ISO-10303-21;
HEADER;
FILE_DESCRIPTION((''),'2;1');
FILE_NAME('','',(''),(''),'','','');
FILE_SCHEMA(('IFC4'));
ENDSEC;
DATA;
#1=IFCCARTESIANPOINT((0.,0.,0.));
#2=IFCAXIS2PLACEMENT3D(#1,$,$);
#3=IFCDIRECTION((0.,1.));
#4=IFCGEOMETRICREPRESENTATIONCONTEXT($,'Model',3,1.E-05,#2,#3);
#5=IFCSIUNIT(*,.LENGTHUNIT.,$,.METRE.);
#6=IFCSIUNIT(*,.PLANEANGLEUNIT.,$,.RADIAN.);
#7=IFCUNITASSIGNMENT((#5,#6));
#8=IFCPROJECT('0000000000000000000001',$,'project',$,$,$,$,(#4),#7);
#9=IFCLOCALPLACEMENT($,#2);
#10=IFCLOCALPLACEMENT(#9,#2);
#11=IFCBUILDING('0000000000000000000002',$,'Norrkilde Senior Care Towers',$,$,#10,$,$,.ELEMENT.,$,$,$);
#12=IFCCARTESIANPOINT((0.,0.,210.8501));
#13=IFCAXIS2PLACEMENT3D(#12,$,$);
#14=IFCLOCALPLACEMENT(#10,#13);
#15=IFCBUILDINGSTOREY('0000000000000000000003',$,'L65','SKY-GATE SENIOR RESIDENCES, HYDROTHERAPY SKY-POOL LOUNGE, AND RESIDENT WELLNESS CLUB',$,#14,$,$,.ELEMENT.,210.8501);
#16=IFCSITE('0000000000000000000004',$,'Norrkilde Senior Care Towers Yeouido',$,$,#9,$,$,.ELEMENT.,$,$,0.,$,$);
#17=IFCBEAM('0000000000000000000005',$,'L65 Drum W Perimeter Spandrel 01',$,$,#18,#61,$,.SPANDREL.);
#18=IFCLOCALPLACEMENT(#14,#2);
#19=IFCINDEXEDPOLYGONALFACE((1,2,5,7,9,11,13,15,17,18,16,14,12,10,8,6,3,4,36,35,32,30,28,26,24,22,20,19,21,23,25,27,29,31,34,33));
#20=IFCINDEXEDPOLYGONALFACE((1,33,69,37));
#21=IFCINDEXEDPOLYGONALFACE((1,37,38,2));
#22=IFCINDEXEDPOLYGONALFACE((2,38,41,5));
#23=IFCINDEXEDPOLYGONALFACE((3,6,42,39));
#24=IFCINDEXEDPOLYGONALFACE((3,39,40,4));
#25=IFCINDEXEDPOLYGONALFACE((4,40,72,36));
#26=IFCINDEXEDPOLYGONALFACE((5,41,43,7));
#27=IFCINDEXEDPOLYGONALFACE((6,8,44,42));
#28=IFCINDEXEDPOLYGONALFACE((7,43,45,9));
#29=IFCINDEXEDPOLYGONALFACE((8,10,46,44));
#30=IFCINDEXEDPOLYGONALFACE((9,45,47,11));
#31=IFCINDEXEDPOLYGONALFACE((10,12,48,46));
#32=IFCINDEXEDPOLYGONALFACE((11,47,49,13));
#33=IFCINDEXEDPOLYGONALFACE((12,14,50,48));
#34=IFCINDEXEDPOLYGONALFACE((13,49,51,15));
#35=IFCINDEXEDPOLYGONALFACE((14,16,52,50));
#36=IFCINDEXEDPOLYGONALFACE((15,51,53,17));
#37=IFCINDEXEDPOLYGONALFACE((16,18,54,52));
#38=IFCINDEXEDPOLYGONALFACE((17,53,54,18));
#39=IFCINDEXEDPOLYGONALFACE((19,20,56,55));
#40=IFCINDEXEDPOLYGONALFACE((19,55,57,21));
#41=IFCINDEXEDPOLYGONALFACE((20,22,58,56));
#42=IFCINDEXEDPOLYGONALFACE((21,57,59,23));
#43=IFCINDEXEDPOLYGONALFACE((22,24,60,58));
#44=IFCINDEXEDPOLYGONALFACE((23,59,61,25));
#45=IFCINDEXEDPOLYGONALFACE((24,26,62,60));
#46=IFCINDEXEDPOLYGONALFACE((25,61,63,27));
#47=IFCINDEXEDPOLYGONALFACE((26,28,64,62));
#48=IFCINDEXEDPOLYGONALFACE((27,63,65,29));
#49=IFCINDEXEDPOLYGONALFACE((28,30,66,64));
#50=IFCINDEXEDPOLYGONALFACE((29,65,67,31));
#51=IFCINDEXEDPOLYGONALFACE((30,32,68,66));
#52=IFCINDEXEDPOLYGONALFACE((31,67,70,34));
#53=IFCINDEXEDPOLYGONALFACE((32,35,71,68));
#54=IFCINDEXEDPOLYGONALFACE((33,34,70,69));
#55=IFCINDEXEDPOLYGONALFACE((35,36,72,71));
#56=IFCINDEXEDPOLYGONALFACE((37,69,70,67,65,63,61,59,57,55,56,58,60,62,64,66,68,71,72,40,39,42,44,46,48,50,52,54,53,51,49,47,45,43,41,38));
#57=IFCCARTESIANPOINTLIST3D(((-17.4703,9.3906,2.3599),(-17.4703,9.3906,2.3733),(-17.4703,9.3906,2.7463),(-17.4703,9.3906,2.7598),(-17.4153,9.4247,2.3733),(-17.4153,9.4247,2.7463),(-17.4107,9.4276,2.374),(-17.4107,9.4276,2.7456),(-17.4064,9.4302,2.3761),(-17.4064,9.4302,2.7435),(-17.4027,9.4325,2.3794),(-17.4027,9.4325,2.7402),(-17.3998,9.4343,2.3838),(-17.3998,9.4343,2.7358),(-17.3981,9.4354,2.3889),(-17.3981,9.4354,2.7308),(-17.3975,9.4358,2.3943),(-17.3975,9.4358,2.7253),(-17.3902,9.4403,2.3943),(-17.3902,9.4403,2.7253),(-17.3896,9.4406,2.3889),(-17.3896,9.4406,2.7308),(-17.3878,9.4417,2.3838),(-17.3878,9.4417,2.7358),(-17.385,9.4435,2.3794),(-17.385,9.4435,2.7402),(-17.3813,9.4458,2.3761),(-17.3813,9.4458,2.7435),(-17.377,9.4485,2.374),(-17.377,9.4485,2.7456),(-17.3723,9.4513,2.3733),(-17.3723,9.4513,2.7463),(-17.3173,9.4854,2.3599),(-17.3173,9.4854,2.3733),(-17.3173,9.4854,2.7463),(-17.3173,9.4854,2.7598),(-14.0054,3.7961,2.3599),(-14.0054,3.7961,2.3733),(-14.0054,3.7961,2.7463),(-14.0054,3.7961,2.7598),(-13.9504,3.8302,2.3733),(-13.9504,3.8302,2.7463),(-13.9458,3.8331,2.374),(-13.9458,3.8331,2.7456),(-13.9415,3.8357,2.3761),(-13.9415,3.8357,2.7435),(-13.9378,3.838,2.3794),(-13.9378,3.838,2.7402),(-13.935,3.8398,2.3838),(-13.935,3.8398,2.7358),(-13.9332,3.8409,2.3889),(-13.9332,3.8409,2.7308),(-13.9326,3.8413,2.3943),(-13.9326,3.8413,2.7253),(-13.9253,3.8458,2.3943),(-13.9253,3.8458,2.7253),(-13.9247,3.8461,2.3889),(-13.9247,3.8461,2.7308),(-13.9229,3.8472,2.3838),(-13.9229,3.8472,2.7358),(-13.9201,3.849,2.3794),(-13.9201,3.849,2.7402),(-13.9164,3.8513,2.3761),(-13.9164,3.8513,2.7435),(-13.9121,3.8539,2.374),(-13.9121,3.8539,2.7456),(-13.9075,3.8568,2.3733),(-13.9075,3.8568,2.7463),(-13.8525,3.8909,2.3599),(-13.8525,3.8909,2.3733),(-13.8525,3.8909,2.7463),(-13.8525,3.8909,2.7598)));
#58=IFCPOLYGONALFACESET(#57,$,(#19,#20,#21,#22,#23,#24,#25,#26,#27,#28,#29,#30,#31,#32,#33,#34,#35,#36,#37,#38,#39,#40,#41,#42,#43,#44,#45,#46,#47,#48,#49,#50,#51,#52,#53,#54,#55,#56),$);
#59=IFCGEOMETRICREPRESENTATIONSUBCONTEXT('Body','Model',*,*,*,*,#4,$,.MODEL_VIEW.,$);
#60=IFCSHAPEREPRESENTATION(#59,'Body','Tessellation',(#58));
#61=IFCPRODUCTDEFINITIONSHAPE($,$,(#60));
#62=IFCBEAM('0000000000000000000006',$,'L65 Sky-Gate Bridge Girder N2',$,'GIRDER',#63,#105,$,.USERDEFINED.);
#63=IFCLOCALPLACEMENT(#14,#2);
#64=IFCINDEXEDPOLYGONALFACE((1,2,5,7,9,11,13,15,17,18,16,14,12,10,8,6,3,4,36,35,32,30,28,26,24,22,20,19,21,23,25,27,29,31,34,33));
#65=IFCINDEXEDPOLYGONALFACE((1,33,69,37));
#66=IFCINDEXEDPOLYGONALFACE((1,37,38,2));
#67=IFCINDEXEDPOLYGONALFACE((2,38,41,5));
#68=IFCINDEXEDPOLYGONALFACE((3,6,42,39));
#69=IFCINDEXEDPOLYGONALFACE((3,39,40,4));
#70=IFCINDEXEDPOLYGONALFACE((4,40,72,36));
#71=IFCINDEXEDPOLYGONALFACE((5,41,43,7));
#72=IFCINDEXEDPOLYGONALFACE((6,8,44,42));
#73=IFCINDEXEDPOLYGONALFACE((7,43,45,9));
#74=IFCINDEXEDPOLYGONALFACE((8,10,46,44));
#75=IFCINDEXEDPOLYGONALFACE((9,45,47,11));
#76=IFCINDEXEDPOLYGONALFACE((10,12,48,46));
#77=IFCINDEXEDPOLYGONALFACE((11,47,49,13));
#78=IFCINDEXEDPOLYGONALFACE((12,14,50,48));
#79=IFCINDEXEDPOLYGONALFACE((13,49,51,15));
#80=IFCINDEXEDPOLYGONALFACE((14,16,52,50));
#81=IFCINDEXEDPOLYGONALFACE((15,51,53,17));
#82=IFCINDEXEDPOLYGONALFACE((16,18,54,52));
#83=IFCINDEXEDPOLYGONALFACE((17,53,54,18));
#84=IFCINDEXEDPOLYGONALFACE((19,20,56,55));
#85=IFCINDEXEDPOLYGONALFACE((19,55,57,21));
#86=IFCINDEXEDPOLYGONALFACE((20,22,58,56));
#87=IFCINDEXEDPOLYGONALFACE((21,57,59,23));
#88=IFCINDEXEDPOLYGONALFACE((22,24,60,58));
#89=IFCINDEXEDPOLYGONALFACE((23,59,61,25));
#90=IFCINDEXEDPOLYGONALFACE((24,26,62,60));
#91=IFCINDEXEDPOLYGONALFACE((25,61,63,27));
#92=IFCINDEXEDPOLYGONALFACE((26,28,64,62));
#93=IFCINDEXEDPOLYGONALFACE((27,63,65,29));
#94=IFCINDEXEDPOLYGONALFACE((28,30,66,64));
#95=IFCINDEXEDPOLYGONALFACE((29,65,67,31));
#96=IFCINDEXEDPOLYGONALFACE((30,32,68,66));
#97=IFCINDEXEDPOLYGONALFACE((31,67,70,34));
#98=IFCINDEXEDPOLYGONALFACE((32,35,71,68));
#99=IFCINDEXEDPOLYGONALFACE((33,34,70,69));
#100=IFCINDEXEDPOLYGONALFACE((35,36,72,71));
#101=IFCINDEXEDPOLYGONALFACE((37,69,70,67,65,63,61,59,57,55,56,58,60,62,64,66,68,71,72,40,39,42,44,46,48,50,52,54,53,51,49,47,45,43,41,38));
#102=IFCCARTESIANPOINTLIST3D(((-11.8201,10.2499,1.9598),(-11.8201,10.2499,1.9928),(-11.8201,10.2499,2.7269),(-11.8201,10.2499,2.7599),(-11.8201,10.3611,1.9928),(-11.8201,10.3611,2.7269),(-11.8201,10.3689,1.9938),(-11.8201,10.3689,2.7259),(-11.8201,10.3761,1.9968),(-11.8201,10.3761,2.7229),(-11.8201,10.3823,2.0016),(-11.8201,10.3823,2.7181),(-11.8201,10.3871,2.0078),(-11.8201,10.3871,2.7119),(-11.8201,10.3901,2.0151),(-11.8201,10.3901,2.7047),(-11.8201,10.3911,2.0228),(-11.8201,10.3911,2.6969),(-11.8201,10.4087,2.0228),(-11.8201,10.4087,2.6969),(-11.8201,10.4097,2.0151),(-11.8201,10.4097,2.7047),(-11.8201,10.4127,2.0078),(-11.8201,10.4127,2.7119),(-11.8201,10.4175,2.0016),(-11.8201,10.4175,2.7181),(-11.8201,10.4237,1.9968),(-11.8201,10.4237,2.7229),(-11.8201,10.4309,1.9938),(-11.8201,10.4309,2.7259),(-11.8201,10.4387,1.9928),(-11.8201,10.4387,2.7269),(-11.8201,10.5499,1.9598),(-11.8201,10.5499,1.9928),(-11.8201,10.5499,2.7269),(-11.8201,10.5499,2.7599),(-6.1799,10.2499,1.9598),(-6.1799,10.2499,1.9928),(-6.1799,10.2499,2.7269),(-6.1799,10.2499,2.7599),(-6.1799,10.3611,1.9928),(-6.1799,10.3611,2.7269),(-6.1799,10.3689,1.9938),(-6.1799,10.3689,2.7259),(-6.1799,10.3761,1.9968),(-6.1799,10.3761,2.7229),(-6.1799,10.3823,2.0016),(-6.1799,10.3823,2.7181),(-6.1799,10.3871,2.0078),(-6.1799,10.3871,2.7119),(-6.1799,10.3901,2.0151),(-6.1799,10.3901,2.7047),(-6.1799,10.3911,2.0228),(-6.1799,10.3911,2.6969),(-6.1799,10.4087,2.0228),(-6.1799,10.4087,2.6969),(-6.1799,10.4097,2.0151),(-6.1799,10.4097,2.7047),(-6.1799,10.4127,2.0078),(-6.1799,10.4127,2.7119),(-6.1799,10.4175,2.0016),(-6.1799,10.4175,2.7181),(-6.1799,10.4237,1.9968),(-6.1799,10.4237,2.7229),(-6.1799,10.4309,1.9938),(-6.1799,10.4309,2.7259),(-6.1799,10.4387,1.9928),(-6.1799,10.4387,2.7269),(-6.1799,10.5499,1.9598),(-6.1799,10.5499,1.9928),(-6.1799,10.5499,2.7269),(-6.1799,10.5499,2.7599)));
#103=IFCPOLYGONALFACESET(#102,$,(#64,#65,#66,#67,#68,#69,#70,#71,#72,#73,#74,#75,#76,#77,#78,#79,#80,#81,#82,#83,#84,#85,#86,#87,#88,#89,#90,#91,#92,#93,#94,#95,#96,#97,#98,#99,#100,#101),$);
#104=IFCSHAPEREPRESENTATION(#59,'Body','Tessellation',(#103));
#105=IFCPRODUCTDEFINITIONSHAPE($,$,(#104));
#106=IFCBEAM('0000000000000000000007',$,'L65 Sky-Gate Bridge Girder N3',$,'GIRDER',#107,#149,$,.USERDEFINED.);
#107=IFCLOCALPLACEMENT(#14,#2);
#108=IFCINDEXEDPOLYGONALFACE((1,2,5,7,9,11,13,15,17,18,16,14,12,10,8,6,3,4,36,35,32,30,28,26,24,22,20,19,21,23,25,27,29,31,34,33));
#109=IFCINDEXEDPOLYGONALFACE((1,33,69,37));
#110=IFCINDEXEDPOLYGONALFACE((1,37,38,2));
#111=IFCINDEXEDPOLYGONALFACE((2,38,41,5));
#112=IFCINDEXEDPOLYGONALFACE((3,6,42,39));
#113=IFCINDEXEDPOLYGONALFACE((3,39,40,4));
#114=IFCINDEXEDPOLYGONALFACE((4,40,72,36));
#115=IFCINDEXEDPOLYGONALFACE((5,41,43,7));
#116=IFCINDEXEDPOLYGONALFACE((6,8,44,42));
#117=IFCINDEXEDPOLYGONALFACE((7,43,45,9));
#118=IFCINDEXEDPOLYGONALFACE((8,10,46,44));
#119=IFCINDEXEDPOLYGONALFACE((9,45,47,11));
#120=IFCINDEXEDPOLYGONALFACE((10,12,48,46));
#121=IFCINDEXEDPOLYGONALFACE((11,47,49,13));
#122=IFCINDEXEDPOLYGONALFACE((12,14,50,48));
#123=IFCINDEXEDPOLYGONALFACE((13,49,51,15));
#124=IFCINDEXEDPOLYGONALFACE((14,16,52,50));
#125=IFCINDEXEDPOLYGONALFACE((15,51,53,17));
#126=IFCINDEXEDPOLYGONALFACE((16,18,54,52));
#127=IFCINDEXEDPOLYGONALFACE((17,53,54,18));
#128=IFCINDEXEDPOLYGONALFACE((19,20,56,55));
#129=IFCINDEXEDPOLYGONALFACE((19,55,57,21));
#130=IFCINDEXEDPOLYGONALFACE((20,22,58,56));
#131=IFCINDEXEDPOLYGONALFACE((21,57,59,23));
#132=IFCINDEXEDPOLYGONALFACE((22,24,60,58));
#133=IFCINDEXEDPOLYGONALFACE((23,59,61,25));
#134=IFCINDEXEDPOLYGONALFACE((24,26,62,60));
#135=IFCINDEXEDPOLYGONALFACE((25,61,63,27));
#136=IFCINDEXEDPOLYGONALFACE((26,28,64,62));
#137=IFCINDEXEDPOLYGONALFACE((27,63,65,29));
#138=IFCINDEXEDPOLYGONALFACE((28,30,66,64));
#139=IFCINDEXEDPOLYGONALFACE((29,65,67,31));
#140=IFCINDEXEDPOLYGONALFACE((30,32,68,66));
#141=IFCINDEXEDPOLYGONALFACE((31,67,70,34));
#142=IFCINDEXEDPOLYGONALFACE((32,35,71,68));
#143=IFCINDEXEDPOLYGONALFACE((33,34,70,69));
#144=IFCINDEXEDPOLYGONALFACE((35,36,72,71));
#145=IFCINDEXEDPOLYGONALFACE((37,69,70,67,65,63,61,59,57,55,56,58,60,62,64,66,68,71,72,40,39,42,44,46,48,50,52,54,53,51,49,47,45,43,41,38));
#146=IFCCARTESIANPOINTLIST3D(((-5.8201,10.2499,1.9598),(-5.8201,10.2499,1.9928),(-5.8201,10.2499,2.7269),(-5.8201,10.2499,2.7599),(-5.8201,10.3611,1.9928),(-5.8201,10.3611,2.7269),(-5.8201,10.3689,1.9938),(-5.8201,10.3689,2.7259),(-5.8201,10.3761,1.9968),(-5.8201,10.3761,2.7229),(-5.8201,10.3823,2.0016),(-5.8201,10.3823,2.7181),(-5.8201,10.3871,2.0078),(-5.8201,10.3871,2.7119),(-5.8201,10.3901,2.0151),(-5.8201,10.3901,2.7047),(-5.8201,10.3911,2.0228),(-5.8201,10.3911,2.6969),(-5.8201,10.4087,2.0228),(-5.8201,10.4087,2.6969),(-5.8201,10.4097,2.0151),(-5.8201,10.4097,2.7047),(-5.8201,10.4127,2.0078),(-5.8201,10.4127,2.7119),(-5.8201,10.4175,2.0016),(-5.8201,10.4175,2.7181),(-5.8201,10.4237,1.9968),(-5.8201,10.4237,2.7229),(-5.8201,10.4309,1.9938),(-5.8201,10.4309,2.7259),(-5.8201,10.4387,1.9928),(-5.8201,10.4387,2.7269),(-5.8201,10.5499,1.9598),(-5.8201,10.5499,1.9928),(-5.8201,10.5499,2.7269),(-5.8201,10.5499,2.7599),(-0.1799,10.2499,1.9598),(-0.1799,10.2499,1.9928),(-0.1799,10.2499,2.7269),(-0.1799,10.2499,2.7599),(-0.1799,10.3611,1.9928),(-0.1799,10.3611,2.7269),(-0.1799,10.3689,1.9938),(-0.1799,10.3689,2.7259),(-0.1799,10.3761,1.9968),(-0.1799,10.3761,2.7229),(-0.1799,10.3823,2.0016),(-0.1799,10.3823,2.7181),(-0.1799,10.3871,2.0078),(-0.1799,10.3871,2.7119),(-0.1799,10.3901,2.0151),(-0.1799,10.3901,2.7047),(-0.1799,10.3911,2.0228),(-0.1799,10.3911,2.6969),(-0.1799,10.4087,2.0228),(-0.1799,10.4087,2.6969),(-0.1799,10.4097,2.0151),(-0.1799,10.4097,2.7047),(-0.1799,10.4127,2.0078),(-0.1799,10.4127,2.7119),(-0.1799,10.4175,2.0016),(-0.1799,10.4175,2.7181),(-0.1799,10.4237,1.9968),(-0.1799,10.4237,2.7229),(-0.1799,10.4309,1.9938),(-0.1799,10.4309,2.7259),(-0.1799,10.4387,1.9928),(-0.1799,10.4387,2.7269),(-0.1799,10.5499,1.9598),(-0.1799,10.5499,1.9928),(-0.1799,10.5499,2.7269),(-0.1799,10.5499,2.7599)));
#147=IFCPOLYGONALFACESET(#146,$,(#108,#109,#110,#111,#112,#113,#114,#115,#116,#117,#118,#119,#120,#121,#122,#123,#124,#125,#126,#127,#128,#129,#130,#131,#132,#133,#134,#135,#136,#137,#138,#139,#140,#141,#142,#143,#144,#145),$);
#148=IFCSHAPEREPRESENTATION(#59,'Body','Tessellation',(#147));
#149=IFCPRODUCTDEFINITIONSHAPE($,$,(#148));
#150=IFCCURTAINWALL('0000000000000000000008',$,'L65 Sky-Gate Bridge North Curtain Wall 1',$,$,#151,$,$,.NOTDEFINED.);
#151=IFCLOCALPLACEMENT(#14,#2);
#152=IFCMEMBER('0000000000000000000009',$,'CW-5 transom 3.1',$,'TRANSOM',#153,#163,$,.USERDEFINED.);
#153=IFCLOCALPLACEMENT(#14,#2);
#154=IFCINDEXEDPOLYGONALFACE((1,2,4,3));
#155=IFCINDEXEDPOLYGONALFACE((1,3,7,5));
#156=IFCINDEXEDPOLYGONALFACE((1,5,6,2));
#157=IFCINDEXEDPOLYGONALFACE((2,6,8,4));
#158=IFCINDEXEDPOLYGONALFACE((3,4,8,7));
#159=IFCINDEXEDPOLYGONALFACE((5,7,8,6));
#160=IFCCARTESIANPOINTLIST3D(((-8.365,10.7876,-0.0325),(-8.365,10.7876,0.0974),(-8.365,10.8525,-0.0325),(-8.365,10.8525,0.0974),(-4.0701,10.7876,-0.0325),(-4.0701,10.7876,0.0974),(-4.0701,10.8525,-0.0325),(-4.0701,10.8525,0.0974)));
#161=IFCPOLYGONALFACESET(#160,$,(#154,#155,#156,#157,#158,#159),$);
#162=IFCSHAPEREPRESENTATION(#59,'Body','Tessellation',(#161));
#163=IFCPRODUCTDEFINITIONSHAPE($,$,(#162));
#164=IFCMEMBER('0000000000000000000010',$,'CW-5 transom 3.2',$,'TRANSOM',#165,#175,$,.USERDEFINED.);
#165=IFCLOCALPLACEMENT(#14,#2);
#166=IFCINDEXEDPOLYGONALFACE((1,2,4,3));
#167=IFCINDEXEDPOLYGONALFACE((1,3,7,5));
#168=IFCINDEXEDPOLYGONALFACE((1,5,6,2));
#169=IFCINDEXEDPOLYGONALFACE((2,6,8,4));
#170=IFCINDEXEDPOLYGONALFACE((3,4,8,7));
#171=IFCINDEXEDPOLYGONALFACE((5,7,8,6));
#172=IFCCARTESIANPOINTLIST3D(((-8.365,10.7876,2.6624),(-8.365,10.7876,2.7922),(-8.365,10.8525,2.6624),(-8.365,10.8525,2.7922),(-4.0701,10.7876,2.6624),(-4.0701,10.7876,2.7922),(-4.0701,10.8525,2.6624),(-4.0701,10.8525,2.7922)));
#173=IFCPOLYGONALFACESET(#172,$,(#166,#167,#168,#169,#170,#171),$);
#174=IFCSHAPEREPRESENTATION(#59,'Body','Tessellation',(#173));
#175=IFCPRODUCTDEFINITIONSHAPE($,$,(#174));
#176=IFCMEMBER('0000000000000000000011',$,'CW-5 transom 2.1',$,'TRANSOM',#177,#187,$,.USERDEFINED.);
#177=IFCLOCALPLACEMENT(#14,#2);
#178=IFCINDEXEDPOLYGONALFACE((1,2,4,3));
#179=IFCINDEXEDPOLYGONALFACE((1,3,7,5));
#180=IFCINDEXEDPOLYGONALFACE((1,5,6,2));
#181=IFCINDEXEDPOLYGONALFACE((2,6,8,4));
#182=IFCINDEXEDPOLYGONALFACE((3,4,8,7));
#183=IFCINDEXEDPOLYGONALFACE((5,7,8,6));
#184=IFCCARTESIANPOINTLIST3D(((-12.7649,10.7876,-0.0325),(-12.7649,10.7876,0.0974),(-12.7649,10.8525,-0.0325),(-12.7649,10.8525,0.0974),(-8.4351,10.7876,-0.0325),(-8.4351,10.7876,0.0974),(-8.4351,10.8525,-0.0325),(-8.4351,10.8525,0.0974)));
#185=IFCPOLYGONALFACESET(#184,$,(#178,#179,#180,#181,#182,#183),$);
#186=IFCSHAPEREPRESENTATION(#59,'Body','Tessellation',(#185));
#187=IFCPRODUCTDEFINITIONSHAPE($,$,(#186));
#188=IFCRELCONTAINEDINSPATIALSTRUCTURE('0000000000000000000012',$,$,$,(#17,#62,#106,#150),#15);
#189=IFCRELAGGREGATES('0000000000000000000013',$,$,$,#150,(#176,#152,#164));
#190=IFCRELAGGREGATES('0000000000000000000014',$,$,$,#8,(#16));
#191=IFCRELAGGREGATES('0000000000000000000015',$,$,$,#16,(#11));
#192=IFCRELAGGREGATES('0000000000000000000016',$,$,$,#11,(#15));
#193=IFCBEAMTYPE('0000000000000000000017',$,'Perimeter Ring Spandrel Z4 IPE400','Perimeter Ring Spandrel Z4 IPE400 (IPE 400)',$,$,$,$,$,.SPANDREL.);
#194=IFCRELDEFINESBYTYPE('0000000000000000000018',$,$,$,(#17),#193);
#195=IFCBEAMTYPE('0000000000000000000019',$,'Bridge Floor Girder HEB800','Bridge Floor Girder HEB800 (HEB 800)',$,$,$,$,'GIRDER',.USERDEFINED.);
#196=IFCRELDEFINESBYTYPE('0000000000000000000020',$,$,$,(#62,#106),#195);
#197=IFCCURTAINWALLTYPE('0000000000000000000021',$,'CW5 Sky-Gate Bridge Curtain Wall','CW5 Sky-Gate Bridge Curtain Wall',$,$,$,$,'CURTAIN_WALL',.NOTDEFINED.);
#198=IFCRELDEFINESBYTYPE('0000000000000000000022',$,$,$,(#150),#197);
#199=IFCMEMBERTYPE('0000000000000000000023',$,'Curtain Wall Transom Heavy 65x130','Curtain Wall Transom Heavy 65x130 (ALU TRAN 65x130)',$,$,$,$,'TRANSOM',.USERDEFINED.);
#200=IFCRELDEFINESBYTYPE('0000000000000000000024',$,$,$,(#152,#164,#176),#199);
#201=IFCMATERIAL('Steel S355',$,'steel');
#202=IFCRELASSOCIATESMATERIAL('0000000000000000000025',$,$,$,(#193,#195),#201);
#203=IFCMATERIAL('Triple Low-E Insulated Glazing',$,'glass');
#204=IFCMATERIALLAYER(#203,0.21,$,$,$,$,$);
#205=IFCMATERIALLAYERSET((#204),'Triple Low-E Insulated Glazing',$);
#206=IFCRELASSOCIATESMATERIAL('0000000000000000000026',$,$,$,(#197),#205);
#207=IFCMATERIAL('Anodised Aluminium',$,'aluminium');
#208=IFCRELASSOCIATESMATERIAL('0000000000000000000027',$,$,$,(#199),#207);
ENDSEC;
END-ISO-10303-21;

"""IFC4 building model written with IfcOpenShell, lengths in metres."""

from ifc_helpers import new_model, si_unit, direction, frame, origin, origin_2d, place, context, subcontext, project, spatial, rectangle, i_section, extrude, source, transform, mapped, material, layer, layer_set, material_profile, profile_set, type_object, type_shapes, element, aggregate, save


model = new_model("IFC4")

# Units and contexts
model_context = context("Model", 3, precision=1e-05, world=origin(), true_north=direction((0.0, 1.0)))
body_context = subcontext(model_context, "Body", "Model", "MODEL_VIEW")
ifc_project = project(units=[si_unit("LENGTHUNIT", "METRE"), si_unit("PLANEANGLEUNIT", "RADIAN")], contexts=[model_context])

# Site, building, storey
site_placement = place(None, origin())
site = spatial("IfcSite", under=ifc_project, at=site_placement, Name="Norrkilde Senior Care Towers Yeouido", CompositionType="ELEMENT", RefElevation=0.0)
building_placement = place(site_placement, origin())
building = spatial("IfcBuilding", under=site, at=building_placement, Name="Norrkilde Senior Care Towers", CompositionType="ELEMENT")
storey_placement = place(building_placement, frame((0.0, 0.0, 210.8501)))
storey = spatial("IfcBuildingStorey", under=building, at=storey_placement, Name="L65", Description="SKY-GATE SENIOR RESIDENCES, HYDROTHERAPY SKY-POOL LOUNGE, AND RESIDENT WELLNESS CLUB", CompositionType="ELEMENT", Elevation=210.8501)

# Shared definitions
ifc_material_1 = material(Name="Steel S355", Category="steel")

# Beams
ifc_material_profile_1 = material_profile(ifc_material_1, i_section(OverallWidth=0.1799, OverallDepth=0.3999, WebThickness=0.0085, FlangeThickness=0.0134, FilletRadius=0.021, at=origin_2d()), Name="IPE 400")
ifc_profile_set_1 = profile_set([ifc_material_profile_1], Name="Steel S355")
beam_type_1 = type_object("IfcBeamType", Name="Perimeter Ring Spandrel Z4 IPE400", Description="Perimeter Ring Spandrel Z4 IPE400 (IPE 400)", PredefinedType="SPANDREL", material=ifc_profile_set_1)
shared_shape_1 = source(origin(), body_context, "Body", "SweptSolid", [
    extrude(i_section(OverallWidth=0.1799, OverallDepth=0.3999, WebThickness=0.0085, FlangeThickness=0.0134, FilletRadius=0.021, at=origin_2d()), origin(), (0.0, 0.0, 1.0), 6.5806),
])
type_shapes(beam_type_1, [shared_shape_1])
beam_placement = place(storey_placement, frame((-13.929, 3.8435, 2.5598), z_axis=(-0.52653, 0.850157, 0.0), x_axis=(-0.850157, -0.52653, 0.0)))
element("IfcBeam", 1, at=beam_placement, inside=storey, type_object=beam_type_1, Name="L65 Drum W Perimeter Spandrel 01", PredefinedType="SPANDREL", context=body_context, shape_type="MappedRepresentation", body=[
    mapped(shared_shape_1, transform((0.0, 0.0, 0.0), x_axis=(1.0, 0.0, 0.0), y_axis=(0.0, 1.0, 0.0), z_axis=(0.0, 0.0, 1.0), scale=1.0)),
])
ifc_material_profile_2 = material_profile(ifc_material_1, i_section(OverallWidth=0.3, OverallDepth=0.8, WebThickness=0.0176, FlangeThickness=0.033, FilletRadius=0.03, at=origin_2d()), Name="HEB 800")
ifc_profile_set_2 = profile_set([ifc_material_profile_2], Name="Steel S355")
beam_type_2 = type_object("IfcBeamType", Name="Bridge Floor Girder HEB800", Description="Bridge Floor Girder HEB800 (HEB 800)", ElementType="GIRDER", PredefinedType="USERDEFINED", material=ifc_profile_set_2)
shared_shape_2 = source(origin(), body_context, "Body", "SweptSolid", [
    extrude(i_section(OverallWidth=0.3, OverallDepth=0.8, WebThickness=0.0176, FlangeThickness=0.033, FilletRadius=0.03, at=origin_2d()), origin(), (0.0, 0.0, 1.0), 5.6401),
])
type_shapes(beam_type_2, [shared_shape_2])
for number, where, z_axis, x_axis, name in (
    (2, (-11.8201, 10.3999, 2.3599), (1.0, 0.0, 0.0), (0.0, 1.0, 0.0), "L65 Sky-Gate Bridge Girder N2"),
    (3, (-5.8201, 10.3999, 2.3599), (1.0, 0.0, 0.0), (0.0, 1.0, 0.0), "L65 Sky-Gate Bridge Girder N3"),
):
    element("IfcBeam", number, at=place(storey_placement, frame(where, z_axis=z_axis, x_axis=x_axis)), inside=storey, type_object=beam_type_2, Name=name, ObjectType="GIRDER", PredefinedType="USERDEFINED", context=body_context, shape_type="MappedRepresentation", body=[
        mapped(shared_shape_2, transform((0.0, 0.0, 0.0), x_axis=(1.0, 0.0, 0.0), y_axis=(0.0, 1.0, 0.0), z_axis=(0.0, 0.0, 1.0), scale=1.0)),
    ])

# Curtain wall, members
ifc_material_2 = material(Name="Triple Low-E Insulated Glazing", Category="glass")
ifc_layer_1 = layer(ifc_material_2, 0.21)
ifc_layer_set_1 = layer_set([ifc_layer_1], Name="Triple Low-E Insulated Glazing")
curtain_wall_type = type_object("IfcCurtainWallType", Name="CW5 Sky-Gate Bridge Curtain Wall", Description="CW5 Sky-Gate Bridge Curtain Wall", ElementType="CURTAIN_WALL", PredefinedType="NOTDEFINED", material=ifc_layer_set_1)
curtain_wall_1_placement = place(storey_placement, origin())
curtain_wall_1 = element("IfcCurtainWall", 4, at=curtain_wall_1_placement, inside=storey, type_object=curtain_wall_type, Name="L65 Sky-Gate Bridge North Curtain Wall 1", PredefinedType="NOTDEFINED")
ifc_material_3 = material(Name="Anodised Aluminium", Category="aluminium")
ifc_material_profile_3 = material_profile(ifc_material_3, rectangle(XDim=0.0649, YDim=0.1299, at=origin_2d()), Name="ALU TRAN 65x130")
ifc_profile_set_3 = profile_set([ifc_material_profile_3], Name="Anodised Aluminium")
member_type_1 = type_object("IfcMemberType", Name="Curtain Wall Transom Heavy 65x130", Description="Curtain Wall Transom Heavy 65x130 (ALU TRAN 65x130)", ElementType="TRANSOM", PredefinedType="USERDEFINED", material=ifc_profile_set_3)
shared_shape_3 = source(origin(), body_context, "Body", "SweptSolid", [
    extrude(rectangle(XDim=0.0649, YDim=0.1299, at=origin_2d()), origin(), (0.0, 0.0, 1.0), 4.2949),
])
member_1_placement = place(storey_placement, frame((-8.365, 10.8201, 0.0325), z_axis=(1.0, 0.0, 0.0), x_axis=(0.0, 1.0, 0.0)))
member_1 = element("IfcMember", 5, at=member_1_placement, type_object=member_type_1, Name="CW-5 transom 3.1", ObjectType="TRANSOM", PredefinedType="USERDEFINED", context=body_context, shape_type="MappedRepresentation", body=[
    mapped(shared_shape_3, transform((0.0, 0.0, 0.0), x_axis=(1.0, 0.0, 0.0), y_axis=(0.0, 1.0, 0.0), z_axis=(0.0, 0.0, 1.0), scale=1.0)),
])
member_2_placement = place(storey_placement, frame((-8.365, 10.8201, 2.7273), z_axis=(1.0, 0.0, 0.0), x_axis=(0.0, 1.0, 0.0)))
member_2 = element("IfcMember", 6, at=member_2_placement, type_object=member_type_1, Name="CW-5 transom 3.2", ObjectType="TRANSOM", PredefinedType="USERDEFINED", context=body_context, shape_type="MappedRepresentation", body=[
    mapped(shared_shape_3, transform((0.0, 0.0, 0.0), x_axis=(1.0, 0.0, 0.0), y_axis=(0.0, 1.0, 0.0), z_axis=(0.0, 0.0, 1.0), scale=1.0)),
])
shared_shape_4 = source(origin(), body_context, "Body", "SweptSolid", [
    extrude(rectangle(XDim=0.0649, YDim=0.1299, at=origin_2d()), origin(), (0.0, 0.0, 1.0), 4.3298),
])
member_3_placement = place(storey_placement, frame((-12.7649, 10.8201, 0.0325), z_axis=(1.0, 0.0, 0.0), x_axis=(0.0, 1.0, 0.0)))
member_3 = element("IfcMember", 7, at=member_3_placement, type_object=member_type_1, Name="CW-5 transom 2.1", ObjectType="TRANSOM", PredefinedType="USERDEFINED", context=body_context, shape_type="MappedRepresentation", body=[
    mapped(shared_shape_4, transform((0.0, 0.0, 0.0), x_axis=(1.0, 0.0, 0.0), y_axis=(0.0, 1.0, 0.0), z_axis=(0.0, 0.0, 1.0), scale=1.0)),
])

aggregate(curtain_wall_1, [member_3, member_1, member_2])

save(model, "model.ifc")
